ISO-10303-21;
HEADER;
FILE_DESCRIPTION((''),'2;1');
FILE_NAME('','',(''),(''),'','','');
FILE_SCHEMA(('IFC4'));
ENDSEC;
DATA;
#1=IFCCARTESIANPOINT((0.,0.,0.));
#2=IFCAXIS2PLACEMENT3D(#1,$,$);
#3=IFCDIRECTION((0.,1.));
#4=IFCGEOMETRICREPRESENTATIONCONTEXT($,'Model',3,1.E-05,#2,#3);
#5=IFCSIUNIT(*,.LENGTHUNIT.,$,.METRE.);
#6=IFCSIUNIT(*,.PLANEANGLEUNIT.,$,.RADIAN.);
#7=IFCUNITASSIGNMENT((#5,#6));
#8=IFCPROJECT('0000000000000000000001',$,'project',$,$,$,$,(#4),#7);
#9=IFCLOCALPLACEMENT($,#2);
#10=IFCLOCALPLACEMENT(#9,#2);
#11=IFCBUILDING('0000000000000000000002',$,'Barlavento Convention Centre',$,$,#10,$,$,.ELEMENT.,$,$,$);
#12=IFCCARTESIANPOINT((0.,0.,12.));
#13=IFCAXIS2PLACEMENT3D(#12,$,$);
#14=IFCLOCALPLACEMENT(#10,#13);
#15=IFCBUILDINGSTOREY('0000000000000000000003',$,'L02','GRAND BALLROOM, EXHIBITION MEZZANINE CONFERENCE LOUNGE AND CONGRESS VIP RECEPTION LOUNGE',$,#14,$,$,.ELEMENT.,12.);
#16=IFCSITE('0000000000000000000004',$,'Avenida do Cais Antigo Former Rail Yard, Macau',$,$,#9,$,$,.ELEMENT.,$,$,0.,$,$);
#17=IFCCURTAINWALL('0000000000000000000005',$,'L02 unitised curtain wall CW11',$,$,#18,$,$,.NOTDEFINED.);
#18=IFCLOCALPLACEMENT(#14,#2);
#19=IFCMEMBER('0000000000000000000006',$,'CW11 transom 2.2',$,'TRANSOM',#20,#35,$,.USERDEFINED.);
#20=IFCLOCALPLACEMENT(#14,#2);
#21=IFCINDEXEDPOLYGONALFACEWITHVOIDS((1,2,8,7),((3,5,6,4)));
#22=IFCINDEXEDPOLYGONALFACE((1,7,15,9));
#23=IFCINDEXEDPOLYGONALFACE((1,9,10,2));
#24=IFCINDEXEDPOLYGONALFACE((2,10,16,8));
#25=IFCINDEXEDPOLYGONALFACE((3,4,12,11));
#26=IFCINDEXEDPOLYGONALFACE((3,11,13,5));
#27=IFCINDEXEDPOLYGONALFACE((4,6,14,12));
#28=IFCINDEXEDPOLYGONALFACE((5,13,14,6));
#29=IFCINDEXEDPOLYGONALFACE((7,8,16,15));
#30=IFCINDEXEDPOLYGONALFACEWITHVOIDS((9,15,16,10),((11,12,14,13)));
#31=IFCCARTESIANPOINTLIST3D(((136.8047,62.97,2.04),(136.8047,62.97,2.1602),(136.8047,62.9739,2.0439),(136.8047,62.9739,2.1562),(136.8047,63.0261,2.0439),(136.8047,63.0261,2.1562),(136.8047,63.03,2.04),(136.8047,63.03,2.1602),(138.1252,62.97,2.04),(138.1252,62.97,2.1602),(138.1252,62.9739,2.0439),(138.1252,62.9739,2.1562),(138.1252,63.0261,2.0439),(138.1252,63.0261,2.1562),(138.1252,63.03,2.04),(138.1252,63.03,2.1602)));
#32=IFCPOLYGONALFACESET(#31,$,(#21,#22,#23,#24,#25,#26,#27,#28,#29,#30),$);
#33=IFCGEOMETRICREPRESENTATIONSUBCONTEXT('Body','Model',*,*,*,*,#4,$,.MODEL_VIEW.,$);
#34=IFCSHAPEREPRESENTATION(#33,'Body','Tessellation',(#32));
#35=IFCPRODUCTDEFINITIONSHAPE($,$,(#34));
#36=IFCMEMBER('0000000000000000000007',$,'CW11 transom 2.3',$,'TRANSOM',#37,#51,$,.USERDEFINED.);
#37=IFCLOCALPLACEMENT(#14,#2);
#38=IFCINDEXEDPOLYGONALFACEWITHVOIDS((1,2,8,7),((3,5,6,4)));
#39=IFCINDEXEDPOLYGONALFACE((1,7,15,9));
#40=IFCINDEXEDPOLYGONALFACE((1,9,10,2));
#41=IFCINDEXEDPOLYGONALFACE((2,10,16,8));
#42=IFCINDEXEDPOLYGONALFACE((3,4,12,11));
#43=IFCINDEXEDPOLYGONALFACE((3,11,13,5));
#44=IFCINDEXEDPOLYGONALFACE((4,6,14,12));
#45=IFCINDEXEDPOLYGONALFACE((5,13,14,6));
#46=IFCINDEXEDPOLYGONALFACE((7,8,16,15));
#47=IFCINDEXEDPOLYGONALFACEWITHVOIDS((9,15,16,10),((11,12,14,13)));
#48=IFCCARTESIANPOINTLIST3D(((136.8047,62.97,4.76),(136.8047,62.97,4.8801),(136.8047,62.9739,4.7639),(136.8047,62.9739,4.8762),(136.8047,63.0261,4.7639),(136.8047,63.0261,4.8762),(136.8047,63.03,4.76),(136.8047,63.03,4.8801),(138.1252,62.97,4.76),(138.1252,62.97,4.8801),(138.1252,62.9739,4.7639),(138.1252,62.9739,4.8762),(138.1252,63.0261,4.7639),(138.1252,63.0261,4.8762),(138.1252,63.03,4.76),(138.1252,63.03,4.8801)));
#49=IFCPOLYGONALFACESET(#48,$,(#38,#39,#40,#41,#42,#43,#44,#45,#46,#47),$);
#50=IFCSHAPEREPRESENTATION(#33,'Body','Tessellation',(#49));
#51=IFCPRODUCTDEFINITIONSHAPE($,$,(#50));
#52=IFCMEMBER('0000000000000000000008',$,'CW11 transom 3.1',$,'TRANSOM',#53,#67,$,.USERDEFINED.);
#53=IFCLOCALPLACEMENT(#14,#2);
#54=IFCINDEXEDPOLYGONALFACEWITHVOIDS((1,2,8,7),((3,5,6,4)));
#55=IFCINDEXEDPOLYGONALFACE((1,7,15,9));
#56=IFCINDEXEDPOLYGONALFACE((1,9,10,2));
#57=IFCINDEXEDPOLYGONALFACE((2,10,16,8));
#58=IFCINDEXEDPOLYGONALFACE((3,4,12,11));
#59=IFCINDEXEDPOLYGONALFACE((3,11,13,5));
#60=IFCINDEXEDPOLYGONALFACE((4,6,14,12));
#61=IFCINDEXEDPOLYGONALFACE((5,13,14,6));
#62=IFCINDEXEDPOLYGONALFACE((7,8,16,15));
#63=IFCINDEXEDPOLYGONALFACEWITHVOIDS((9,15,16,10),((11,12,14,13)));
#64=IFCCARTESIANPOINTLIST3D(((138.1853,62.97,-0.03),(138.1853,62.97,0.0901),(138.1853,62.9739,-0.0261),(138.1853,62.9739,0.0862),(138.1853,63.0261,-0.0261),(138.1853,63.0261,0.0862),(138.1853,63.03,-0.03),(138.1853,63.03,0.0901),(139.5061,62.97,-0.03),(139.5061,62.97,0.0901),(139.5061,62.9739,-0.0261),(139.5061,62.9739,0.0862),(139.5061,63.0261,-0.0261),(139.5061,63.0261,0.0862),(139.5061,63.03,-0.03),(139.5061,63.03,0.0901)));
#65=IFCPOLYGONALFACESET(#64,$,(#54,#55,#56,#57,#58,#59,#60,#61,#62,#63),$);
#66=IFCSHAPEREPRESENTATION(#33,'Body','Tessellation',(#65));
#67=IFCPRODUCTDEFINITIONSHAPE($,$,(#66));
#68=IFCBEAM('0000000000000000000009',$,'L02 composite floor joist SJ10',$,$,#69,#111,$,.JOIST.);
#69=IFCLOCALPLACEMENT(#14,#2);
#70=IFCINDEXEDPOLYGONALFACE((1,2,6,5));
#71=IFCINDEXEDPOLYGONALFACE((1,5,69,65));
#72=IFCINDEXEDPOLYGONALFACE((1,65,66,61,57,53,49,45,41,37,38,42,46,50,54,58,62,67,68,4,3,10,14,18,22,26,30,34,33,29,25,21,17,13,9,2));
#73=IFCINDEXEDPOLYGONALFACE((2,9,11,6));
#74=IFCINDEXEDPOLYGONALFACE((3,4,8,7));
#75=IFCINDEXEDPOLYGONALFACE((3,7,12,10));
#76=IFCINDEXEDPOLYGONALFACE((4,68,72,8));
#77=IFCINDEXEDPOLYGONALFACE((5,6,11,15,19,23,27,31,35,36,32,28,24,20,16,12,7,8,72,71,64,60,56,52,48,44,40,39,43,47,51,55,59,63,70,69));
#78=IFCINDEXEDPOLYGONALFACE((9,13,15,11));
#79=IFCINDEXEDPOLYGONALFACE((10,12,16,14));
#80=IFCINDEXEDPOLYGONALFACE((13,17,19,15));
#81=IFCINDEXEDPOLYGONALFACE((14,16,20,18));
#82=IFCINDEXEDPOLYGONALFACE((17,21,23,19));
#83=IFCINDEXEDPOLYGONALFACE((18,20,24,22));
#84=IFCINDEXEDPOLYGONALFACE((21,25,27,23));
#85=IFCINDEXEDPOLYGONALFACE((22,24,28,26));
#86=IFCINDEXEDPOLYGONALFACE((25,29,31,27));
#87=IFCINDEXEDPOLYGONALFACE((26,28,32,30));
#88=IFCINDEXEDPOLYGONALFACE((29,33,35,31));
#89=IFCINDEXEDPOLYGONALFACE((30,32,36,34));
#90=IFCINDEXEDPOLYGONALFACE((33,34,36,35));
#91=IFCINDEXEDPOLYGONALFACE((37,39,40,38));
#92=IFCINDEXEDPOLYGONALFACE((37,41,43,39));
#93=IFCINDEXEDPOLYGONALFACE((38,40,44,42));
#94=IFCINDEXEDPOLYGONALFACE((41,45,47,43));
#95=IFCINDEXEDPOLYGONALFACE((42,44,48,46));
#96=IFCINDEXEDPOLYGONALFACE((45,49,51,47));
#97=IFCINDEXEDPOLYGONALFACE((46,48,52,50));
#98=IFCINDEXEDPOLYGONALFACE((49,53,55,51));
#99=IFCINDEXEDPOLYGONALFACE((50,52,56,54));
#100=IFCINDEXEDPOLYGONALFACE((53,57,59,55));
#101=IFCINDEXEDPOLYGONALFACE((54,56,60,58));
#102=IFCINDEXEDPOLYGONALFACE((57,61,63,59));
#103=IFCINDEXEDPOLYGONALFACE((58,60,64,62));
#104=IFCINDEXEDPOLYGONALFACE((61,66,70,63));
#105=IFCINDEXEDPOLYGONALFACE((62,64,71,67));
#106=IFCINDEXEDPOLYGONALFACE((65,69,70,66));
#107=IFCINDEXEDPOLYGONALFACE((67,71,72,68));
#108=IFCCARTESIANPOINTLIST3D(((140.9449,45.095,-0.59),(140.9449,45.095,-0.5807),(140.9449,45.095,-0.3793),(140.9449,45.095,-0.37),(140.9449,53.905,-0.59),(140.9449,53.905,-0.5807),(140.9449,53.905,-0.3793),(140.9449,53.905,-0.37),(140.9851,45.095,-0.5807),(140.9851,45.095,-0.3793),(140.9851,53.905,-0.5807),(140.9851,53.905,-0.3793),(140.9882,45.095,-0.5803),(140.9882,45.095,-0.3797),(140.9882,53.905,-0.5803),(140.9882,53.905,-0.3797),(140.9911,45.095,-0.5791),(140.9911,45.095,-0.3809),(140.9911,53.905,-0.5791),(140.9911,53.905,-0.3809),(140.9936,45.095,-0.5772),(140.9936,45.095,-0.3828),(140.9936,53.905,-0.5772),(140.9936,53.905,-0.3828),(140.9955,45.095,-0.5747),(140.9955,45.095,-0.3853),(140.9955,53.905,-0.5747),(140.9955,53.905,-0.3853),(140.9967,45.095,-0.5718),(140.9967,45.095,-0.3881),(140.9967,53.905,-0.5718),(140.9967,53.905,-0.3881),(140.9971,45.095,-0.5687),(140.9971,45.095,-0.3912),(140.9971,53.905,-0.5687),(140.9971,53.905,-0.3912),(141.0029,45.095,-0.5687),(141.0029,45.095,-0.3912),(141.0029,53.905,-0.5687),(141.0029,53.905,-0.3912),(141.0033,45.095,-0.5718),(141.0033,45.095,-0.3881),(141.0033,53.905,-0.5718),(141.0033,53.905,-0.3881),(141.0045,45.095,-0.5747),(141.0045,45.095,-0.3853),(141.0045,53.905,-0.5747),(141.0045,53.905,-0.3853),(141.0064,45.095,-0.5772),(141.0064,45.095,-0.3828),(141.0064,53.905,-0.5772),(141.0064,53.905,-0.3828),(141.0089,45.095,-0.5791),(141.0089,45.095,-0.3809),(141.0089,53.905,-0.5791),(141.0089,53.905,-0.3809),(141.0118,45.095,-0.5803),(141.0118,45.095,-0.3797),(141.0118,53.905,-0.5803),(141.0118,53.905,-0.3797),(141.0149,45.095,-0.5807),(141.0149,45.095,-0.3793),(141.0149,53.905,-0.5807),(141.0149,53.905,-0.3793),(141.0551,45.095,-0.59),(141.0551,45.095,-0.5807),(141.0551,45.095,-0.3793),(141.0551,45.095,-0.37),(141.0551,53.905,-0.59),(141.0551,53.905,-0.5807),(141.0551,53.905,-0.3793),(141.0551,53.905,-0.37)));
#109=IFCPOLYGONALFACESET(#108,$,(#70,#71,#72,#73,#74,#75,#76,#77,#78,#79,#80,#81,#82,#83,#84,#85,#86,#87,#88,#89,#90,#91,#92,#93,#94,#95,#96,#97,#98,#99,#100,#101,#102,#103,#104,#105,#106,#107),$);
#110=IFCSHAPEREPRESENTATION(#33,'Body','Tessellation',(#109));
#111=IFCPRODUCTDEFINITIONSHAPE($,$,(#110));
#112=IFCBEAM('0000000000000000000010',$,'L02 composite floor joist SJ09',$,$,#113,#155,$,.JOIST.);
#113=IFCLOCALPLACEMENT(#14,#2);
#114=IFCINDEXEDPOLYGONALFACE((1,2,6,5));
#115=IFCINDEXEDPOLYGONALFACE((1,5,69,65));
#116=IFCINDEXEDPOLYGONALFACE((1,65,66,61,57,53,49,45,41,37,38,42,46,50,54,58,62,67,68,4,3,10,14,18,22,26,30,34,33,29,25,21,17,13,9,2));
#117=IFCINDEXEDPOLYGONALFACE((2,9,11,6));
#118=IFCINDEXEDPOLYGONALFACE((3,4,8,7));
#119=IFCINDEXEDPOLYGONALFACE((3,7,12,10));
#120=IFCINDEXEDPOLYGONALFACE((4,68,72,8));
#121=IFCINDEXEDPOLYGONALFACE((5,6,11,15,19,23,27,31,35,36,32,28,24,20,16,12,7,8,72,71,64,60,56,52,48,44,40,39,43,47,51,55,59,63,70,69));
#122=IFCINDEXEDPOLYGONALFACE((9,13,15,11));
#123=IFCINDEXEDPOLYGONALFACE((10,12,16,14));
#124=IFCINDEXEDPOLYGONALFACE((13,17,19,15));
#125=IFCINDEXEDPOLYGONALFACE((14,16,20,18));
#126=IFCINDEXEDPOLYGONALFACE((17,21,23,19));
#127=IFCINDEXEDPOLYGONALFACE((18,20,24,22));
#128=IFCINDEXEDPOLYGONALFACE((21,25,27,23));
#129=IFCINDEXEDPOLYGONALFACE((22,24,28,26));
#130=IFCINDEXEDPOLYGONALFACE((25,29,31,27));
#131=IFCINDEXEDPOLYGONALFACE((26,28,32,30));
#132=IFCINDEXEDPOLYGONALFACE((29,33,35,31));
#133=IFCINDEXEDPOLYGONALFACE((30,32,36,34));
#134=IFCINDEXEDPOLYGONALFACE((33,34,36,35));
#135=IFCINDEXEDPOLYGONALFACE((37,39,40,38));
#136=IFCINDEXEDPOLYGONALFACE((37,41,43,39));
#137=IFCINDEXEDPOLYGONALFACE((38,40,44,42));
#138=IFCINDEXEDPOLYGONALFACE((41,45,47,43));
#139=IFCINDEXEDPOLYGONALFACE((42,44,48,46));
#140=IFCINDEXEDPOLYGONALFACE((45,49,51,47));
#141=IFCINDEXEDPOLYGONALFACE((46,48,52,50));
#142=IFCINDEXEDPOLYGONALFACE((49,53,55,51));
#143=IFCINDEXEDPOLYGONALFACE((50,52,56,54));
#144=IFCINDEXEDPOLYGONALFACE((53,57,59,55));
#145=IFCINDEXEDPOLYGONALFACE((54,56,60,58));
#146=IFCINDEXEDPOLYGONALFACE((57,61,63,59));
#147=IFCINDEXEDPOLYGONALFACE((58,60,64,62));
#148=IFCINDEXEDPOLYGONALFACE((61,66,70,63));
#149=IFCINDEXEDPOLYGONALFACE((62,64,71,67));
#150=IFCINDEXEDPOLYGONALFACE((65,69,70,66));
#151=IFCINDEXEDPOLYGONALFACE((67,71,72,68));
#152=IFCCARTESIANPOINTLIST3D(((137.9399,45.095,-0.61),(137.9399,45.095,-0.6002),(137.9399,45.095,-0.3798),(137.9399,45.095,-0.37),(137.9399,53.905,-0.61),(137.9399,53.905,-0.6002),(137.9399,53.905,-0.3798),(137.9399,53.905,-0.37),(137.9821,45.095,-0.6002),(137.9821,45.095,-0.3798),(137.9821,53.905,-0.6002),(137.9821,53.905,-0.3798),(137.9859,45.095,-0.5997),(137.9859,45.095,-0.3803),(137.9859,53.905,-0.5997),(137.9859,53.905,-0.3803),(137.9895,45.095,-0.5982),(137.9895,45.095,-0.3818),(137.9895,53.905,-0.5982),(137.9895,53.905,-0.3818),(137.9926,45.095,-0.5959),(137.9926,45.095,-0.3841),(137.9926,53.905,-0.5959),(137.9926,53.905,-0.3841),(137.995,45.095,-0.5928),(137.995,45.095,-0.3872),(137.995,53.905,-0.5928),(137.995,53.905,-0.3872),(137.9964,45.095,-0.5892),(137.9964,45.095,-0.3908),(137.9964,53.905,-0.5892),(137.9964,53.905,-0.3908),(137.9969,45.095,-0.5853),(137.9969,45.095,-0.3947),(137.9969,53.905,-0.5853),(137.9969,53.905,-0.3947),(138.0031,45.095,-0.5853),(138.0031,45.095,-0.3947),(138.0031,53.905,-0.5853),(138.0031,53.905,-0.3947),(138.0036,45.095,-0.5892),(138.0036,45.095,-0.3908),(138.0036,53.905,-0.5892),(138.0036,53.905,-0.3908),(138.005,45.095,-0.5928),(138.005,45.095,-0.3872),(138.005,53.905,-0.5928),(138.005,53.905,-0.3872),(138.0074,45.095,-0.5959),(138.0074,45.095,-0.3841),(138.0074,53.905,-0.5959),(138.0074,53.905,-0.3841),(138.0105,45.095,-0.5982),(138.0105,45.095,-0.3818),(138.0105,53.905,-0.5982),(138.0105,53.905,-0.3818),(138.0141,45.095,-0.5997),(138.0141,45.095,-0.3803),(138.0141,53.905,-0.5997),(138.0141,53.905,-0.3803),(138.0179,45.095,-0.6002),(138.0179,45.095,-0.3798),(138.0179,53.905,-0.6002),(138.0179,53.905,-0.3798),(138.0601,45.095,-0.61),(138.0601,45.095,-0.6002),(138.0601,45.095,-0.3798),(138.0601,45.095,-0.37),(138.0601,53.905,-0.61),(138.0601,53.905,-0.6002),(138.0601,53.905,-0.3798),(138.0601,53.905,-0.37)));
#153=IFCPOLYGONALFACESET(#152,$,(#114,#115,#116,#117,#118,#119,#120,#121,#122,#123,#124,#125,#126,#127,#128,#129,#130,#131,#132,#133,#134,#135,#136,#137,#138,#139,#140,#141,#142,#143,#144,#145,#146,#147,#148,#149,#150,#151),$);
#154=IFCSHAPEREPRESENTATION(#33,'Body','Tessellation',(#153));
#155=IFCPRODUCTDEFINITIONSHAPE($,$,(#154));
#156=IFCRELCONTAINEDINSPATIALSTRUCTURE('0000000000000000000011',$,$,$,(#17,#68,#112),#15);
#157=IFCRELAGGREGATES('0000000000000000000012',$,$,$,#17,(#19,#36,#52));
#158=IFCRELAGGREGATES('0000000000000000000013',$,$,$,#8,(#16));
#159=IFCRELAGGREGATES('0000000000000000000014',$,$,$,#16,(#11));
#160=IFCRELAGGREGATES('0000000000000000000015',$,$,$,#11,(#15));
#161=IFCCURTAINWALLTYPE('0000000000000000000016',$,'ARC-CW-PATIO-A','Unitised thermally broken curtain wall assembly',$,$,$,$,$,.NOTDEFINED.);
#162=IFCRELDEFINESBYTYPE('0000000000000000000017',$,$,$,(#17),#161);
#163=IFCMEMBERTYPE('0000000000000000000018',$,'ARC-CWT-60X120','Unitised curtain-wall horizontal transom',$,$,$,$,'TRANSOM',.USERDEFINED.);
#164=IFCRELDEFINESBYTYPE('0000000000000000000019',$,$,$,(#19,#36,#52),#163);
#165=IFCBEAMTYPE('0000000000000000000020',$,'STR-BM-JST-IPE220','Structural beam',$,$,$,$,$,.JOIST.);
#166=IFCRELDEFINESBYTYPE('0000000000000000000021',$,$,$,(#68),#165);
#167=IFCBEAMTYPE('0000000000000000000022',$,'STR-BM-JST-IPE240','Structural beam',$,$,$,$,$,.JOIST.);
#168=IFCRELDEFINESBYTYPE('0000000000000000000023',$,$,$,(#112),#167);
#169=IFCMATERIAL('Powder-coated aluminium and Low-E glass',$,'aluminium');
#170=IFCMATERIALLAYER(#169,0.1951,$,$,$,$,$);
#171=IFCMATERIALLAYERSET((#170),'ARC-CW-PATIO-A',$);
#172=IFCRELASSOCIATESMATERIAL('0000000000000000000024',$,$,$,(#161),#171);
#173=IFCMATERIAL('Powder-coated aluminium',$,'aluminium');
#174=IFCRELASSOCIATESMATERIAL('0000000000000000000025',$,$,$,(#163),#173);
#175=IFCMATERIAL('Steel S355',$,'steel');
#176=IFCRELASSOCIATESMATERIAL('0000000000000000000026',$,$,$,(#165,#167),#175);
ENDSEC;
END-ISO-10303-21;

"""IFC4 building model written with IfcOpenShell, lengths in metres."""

from ifc_helpers import new_model, si_unit, direction, frame, origin, origin_2d, place, context, subcontext, project, spatial, hollow_rectangle, i_section, extrude, material, layer, layer_set, material_profile, profile_set, type_object, element, aggregate, save


model = new_model("IFC4")

# Units and contexts
model_context = context("Model", 3, precision=1e-05, world=origin(), true_north=direction((0.0, 1.0)))
body_context = subcontext(model_context, "Body", "Model", "MODEL_VIEW")
ifc_project = project(units=[si_unit("LENGTHUNIT", "METRE"), si_unit("PLANEANGLEUNIT", "RADIAN")], contexts=[model_context])

# Site, building, storey
site_placement = place(None, origin())
site = spatial("IfcSite", under=ifc_project, at=site_placement, Name="Avenida do Cais Antigo Former Rail Yard, Macau", CompositionType="ELEMENT", RefElevation=0.0)
building_placement = place(site_placement, origin())
building = spatial("IfcBuilding", under=site, at=building_placement, Name="Barlavento Convention Centre", CompositionType="ELEMENT")
storey_placement = place(building_placement, frame((0.0, 0.0, 12.0)))
storey = spatial("IfcBuildingStorey", under=building, at=storey_placement, Name="L02", Description="GRAND BALLROOM, EXHIBITION MEZZANINE CONFERENCE LOUNGE AND CONGRESS VIP RECEPTION LOUNGE", CompositionType="ELEMENT", Elevation=12.0)

# Shared definitions
ifc_material_1 = material(Name="Steel S355", Category="steel")

# Curtain wall, members
ifc_material_2 = material(Name="Powder-coated aluminium and Low-E glass", Category="aluminium")
ifc_layer_1 = layer(ifc_material_2, 0.1951)
ifc_layer_set_1 = layer_set([ifc_layer_1], Name="ARC-CW-PATIO-A")
curtain_wall_type = type_object("IfcCurtainWallType", Name="ARC-CW-PATIO-A", Description="Unitised thermally broken curtain wall assembly", PredefinedType="NOTDEFINED", material=ifc_layer_set_1)
curtain_wall_placement = place(storey_placement, origin())
curtain_wall = element("IfcCurtainWall", 1, at=curtain_wall_placement, inside=storey, type_object=curtain_wall_type, Name="L02 unitised curtain wall CW11", PredefinedType="NOTDEFINED")
ifc_material_3 = material(Name="Powder-coated aluminium", Category="aluminium")
ifc_material_profile_1 = material_profile(ifc_material_3, hollow_rectangle(XDim=0.0601, YDim=0.1201, WallThickness=0.0039, at=origin_2d()), Name="AL-TRAN 60x120x4")
ifc_profile_set_1 = profile_set([ifc_material_profile_1], Name="Powder-coated aluminium")
member_type_1 = type_object("IfcMemberType", Name="ARC-CWT-60X120", Description="Unitised curtain-wall horizontal transom", ElementType="TRANSOM", PredefinedType="USERDEFINED", material=ifc_profile_set_1)
member_1_placement = place(storey_placement, frame((136.8047, 63.0, 2.1001), z_axis=(1.0, 0.0, 0.0), x_axis=(0.0, 1.0, 0.0)))
member_1 = element("IfcMember", 2, at=member_1_placement, type_object=member_type_1, Name="CW11 transom 2.2", ObjectType="TRANSOM", PredefinedType="USERDEFINED", context=body_context, shape_type="SweptSolid", body=[
    extrude(hollow_rectangle(XDim=0.0601, YDim=0.1201, WallThickness=0.0039, at=origin_2d()), origin(), (0.0, 0.0, 1.0), 1.3206),
])
member_2_placement = place(storey_placement, frame((136.8047, 63.0, 4.8201), z_axis=(1.0, 0.0, 0.0), x_axis=(0.0, 1.0, 0.0)))
member_2 = element("IfcMember", 3, at=member_2_placement, type_object=member_type_1, Name="CW11 transom 2.3", ObjectType="TRANSOM", PredefinedType="USERDEFINED", context=body_context, shape_type="SweptSolid", body=[
    extrude(hollow_rectangle(XDim=0.0601, YDim=0.1201, WallThickness=0.0039, at=origin_2d()), origin(), (0.0, 0.0, 1.0), 1.3206),
])
member_3_placement = place(storey_placement, frame((138.1853, 63.0, 0.03), z_axis=(1.0, 0.0, 0.0), x_axis=(0.0, 1.0, 0.0)))
member_3 = element("IfcMember", 4, at=member_3_placement, type_object=member_type_1, Name="CW11 transom 3.1", ObjectType="TRANSOM", PredefinedType="USERDEFINED", context=body_context, shape_type="SweptSolid", body=[
    extrude(hollow_rectangle(XDim=0.0601, YDim=0.1201, WallThickness=0.0039, at=origin_2d()), origin(), (0.0, 0.0, 1.0), 1.3208),
])

# Beams
ifc_material_profile_2 = material_profile(ifc_material_1, i_section(OverallWidth=0.1101, OverallDepth=0.22, WebThickness=0.0059, FlangeThickness=0.0093, FilletRadius=0.012, at=origin_2d()), Name="IPE 220")
ifc_profile_set_2 = profile_set([ifc_material_profile_2], Name="Steel S355")
beam_type_1 = type_object("IfcBeamType", Name="STR-BM-JST-IPE220", Description="Structural beam", PredefinedType="JOIST", material=ifc_profile_set_2)
beam_1_placement = place(storey_placement, frame((141.0, 45.095, -0.48), z_axis=(0.0, 1.0, 0.0), x_axis=(-1.0, 0.0, 0.0)))
element("IfcBeam", 5, at=beam_1_placement, inside=storey, type_object=beam_type_1, Name="L02 composite floor joist SJ10", PredefinedType="JOIST", context=body_context, shape_type="SweptSolid", body=[
    extrude(i_section(OverallWidth=0.1101, OverallDepth=0.22, WebThickness=0.0059, FlangeThickness=0.0093, FilletRadius=0.012, at=origin_2d()), origin(), (0.0, 0.0, 1.0), 8.8101),
])
ifc_material_profile_3 = material_profile(ifc_material_1, i_section(OverallWidth=0.1201, OverallDepth=0.24, WebThickness=0.0061, FlangeThickness=0.0098, FilletRadius=0.0149, at=origin_2d()), Name="IPE 240")
ifc_profile_set_3 = profile_set([ifc_material_profile_3], Name="Steel S355")
beam_type_2 = type_object("IfcBeamType", Name="STR-BM-JST-IPE240", Description="Structural beam", PredefinedType="JOIST", material=ifc_profile_set_3)
beam_2_placement = place(storey_placement, frame((138.0, 45.095, -0.49), z_axis=(0.0, 1.0, 0.0), x_axis=(-1.0, 0.0, 0.0)))
element("IfcBeam", 6, at=beam_2_placement, inside=storey, type_object=beam_type_2, Name="L02 composite floor joist SJ09", PredefinedType="JOIST", context=body_context, shape_type="SweptSolid", body=[
    extrude(i_section(OverallWidth=0.1201, OverallDepth=0.24, WebThickness=0.0061, FlangeThickness=0.0098, FilletRadius=0.0149, at=origin_2d()), origin(), (0.0, 0.0, 1.0), 8.8101),
])

aggregate(curtain_wall, [member_1, member_2, member_3])

save(model, "model.ifc")
